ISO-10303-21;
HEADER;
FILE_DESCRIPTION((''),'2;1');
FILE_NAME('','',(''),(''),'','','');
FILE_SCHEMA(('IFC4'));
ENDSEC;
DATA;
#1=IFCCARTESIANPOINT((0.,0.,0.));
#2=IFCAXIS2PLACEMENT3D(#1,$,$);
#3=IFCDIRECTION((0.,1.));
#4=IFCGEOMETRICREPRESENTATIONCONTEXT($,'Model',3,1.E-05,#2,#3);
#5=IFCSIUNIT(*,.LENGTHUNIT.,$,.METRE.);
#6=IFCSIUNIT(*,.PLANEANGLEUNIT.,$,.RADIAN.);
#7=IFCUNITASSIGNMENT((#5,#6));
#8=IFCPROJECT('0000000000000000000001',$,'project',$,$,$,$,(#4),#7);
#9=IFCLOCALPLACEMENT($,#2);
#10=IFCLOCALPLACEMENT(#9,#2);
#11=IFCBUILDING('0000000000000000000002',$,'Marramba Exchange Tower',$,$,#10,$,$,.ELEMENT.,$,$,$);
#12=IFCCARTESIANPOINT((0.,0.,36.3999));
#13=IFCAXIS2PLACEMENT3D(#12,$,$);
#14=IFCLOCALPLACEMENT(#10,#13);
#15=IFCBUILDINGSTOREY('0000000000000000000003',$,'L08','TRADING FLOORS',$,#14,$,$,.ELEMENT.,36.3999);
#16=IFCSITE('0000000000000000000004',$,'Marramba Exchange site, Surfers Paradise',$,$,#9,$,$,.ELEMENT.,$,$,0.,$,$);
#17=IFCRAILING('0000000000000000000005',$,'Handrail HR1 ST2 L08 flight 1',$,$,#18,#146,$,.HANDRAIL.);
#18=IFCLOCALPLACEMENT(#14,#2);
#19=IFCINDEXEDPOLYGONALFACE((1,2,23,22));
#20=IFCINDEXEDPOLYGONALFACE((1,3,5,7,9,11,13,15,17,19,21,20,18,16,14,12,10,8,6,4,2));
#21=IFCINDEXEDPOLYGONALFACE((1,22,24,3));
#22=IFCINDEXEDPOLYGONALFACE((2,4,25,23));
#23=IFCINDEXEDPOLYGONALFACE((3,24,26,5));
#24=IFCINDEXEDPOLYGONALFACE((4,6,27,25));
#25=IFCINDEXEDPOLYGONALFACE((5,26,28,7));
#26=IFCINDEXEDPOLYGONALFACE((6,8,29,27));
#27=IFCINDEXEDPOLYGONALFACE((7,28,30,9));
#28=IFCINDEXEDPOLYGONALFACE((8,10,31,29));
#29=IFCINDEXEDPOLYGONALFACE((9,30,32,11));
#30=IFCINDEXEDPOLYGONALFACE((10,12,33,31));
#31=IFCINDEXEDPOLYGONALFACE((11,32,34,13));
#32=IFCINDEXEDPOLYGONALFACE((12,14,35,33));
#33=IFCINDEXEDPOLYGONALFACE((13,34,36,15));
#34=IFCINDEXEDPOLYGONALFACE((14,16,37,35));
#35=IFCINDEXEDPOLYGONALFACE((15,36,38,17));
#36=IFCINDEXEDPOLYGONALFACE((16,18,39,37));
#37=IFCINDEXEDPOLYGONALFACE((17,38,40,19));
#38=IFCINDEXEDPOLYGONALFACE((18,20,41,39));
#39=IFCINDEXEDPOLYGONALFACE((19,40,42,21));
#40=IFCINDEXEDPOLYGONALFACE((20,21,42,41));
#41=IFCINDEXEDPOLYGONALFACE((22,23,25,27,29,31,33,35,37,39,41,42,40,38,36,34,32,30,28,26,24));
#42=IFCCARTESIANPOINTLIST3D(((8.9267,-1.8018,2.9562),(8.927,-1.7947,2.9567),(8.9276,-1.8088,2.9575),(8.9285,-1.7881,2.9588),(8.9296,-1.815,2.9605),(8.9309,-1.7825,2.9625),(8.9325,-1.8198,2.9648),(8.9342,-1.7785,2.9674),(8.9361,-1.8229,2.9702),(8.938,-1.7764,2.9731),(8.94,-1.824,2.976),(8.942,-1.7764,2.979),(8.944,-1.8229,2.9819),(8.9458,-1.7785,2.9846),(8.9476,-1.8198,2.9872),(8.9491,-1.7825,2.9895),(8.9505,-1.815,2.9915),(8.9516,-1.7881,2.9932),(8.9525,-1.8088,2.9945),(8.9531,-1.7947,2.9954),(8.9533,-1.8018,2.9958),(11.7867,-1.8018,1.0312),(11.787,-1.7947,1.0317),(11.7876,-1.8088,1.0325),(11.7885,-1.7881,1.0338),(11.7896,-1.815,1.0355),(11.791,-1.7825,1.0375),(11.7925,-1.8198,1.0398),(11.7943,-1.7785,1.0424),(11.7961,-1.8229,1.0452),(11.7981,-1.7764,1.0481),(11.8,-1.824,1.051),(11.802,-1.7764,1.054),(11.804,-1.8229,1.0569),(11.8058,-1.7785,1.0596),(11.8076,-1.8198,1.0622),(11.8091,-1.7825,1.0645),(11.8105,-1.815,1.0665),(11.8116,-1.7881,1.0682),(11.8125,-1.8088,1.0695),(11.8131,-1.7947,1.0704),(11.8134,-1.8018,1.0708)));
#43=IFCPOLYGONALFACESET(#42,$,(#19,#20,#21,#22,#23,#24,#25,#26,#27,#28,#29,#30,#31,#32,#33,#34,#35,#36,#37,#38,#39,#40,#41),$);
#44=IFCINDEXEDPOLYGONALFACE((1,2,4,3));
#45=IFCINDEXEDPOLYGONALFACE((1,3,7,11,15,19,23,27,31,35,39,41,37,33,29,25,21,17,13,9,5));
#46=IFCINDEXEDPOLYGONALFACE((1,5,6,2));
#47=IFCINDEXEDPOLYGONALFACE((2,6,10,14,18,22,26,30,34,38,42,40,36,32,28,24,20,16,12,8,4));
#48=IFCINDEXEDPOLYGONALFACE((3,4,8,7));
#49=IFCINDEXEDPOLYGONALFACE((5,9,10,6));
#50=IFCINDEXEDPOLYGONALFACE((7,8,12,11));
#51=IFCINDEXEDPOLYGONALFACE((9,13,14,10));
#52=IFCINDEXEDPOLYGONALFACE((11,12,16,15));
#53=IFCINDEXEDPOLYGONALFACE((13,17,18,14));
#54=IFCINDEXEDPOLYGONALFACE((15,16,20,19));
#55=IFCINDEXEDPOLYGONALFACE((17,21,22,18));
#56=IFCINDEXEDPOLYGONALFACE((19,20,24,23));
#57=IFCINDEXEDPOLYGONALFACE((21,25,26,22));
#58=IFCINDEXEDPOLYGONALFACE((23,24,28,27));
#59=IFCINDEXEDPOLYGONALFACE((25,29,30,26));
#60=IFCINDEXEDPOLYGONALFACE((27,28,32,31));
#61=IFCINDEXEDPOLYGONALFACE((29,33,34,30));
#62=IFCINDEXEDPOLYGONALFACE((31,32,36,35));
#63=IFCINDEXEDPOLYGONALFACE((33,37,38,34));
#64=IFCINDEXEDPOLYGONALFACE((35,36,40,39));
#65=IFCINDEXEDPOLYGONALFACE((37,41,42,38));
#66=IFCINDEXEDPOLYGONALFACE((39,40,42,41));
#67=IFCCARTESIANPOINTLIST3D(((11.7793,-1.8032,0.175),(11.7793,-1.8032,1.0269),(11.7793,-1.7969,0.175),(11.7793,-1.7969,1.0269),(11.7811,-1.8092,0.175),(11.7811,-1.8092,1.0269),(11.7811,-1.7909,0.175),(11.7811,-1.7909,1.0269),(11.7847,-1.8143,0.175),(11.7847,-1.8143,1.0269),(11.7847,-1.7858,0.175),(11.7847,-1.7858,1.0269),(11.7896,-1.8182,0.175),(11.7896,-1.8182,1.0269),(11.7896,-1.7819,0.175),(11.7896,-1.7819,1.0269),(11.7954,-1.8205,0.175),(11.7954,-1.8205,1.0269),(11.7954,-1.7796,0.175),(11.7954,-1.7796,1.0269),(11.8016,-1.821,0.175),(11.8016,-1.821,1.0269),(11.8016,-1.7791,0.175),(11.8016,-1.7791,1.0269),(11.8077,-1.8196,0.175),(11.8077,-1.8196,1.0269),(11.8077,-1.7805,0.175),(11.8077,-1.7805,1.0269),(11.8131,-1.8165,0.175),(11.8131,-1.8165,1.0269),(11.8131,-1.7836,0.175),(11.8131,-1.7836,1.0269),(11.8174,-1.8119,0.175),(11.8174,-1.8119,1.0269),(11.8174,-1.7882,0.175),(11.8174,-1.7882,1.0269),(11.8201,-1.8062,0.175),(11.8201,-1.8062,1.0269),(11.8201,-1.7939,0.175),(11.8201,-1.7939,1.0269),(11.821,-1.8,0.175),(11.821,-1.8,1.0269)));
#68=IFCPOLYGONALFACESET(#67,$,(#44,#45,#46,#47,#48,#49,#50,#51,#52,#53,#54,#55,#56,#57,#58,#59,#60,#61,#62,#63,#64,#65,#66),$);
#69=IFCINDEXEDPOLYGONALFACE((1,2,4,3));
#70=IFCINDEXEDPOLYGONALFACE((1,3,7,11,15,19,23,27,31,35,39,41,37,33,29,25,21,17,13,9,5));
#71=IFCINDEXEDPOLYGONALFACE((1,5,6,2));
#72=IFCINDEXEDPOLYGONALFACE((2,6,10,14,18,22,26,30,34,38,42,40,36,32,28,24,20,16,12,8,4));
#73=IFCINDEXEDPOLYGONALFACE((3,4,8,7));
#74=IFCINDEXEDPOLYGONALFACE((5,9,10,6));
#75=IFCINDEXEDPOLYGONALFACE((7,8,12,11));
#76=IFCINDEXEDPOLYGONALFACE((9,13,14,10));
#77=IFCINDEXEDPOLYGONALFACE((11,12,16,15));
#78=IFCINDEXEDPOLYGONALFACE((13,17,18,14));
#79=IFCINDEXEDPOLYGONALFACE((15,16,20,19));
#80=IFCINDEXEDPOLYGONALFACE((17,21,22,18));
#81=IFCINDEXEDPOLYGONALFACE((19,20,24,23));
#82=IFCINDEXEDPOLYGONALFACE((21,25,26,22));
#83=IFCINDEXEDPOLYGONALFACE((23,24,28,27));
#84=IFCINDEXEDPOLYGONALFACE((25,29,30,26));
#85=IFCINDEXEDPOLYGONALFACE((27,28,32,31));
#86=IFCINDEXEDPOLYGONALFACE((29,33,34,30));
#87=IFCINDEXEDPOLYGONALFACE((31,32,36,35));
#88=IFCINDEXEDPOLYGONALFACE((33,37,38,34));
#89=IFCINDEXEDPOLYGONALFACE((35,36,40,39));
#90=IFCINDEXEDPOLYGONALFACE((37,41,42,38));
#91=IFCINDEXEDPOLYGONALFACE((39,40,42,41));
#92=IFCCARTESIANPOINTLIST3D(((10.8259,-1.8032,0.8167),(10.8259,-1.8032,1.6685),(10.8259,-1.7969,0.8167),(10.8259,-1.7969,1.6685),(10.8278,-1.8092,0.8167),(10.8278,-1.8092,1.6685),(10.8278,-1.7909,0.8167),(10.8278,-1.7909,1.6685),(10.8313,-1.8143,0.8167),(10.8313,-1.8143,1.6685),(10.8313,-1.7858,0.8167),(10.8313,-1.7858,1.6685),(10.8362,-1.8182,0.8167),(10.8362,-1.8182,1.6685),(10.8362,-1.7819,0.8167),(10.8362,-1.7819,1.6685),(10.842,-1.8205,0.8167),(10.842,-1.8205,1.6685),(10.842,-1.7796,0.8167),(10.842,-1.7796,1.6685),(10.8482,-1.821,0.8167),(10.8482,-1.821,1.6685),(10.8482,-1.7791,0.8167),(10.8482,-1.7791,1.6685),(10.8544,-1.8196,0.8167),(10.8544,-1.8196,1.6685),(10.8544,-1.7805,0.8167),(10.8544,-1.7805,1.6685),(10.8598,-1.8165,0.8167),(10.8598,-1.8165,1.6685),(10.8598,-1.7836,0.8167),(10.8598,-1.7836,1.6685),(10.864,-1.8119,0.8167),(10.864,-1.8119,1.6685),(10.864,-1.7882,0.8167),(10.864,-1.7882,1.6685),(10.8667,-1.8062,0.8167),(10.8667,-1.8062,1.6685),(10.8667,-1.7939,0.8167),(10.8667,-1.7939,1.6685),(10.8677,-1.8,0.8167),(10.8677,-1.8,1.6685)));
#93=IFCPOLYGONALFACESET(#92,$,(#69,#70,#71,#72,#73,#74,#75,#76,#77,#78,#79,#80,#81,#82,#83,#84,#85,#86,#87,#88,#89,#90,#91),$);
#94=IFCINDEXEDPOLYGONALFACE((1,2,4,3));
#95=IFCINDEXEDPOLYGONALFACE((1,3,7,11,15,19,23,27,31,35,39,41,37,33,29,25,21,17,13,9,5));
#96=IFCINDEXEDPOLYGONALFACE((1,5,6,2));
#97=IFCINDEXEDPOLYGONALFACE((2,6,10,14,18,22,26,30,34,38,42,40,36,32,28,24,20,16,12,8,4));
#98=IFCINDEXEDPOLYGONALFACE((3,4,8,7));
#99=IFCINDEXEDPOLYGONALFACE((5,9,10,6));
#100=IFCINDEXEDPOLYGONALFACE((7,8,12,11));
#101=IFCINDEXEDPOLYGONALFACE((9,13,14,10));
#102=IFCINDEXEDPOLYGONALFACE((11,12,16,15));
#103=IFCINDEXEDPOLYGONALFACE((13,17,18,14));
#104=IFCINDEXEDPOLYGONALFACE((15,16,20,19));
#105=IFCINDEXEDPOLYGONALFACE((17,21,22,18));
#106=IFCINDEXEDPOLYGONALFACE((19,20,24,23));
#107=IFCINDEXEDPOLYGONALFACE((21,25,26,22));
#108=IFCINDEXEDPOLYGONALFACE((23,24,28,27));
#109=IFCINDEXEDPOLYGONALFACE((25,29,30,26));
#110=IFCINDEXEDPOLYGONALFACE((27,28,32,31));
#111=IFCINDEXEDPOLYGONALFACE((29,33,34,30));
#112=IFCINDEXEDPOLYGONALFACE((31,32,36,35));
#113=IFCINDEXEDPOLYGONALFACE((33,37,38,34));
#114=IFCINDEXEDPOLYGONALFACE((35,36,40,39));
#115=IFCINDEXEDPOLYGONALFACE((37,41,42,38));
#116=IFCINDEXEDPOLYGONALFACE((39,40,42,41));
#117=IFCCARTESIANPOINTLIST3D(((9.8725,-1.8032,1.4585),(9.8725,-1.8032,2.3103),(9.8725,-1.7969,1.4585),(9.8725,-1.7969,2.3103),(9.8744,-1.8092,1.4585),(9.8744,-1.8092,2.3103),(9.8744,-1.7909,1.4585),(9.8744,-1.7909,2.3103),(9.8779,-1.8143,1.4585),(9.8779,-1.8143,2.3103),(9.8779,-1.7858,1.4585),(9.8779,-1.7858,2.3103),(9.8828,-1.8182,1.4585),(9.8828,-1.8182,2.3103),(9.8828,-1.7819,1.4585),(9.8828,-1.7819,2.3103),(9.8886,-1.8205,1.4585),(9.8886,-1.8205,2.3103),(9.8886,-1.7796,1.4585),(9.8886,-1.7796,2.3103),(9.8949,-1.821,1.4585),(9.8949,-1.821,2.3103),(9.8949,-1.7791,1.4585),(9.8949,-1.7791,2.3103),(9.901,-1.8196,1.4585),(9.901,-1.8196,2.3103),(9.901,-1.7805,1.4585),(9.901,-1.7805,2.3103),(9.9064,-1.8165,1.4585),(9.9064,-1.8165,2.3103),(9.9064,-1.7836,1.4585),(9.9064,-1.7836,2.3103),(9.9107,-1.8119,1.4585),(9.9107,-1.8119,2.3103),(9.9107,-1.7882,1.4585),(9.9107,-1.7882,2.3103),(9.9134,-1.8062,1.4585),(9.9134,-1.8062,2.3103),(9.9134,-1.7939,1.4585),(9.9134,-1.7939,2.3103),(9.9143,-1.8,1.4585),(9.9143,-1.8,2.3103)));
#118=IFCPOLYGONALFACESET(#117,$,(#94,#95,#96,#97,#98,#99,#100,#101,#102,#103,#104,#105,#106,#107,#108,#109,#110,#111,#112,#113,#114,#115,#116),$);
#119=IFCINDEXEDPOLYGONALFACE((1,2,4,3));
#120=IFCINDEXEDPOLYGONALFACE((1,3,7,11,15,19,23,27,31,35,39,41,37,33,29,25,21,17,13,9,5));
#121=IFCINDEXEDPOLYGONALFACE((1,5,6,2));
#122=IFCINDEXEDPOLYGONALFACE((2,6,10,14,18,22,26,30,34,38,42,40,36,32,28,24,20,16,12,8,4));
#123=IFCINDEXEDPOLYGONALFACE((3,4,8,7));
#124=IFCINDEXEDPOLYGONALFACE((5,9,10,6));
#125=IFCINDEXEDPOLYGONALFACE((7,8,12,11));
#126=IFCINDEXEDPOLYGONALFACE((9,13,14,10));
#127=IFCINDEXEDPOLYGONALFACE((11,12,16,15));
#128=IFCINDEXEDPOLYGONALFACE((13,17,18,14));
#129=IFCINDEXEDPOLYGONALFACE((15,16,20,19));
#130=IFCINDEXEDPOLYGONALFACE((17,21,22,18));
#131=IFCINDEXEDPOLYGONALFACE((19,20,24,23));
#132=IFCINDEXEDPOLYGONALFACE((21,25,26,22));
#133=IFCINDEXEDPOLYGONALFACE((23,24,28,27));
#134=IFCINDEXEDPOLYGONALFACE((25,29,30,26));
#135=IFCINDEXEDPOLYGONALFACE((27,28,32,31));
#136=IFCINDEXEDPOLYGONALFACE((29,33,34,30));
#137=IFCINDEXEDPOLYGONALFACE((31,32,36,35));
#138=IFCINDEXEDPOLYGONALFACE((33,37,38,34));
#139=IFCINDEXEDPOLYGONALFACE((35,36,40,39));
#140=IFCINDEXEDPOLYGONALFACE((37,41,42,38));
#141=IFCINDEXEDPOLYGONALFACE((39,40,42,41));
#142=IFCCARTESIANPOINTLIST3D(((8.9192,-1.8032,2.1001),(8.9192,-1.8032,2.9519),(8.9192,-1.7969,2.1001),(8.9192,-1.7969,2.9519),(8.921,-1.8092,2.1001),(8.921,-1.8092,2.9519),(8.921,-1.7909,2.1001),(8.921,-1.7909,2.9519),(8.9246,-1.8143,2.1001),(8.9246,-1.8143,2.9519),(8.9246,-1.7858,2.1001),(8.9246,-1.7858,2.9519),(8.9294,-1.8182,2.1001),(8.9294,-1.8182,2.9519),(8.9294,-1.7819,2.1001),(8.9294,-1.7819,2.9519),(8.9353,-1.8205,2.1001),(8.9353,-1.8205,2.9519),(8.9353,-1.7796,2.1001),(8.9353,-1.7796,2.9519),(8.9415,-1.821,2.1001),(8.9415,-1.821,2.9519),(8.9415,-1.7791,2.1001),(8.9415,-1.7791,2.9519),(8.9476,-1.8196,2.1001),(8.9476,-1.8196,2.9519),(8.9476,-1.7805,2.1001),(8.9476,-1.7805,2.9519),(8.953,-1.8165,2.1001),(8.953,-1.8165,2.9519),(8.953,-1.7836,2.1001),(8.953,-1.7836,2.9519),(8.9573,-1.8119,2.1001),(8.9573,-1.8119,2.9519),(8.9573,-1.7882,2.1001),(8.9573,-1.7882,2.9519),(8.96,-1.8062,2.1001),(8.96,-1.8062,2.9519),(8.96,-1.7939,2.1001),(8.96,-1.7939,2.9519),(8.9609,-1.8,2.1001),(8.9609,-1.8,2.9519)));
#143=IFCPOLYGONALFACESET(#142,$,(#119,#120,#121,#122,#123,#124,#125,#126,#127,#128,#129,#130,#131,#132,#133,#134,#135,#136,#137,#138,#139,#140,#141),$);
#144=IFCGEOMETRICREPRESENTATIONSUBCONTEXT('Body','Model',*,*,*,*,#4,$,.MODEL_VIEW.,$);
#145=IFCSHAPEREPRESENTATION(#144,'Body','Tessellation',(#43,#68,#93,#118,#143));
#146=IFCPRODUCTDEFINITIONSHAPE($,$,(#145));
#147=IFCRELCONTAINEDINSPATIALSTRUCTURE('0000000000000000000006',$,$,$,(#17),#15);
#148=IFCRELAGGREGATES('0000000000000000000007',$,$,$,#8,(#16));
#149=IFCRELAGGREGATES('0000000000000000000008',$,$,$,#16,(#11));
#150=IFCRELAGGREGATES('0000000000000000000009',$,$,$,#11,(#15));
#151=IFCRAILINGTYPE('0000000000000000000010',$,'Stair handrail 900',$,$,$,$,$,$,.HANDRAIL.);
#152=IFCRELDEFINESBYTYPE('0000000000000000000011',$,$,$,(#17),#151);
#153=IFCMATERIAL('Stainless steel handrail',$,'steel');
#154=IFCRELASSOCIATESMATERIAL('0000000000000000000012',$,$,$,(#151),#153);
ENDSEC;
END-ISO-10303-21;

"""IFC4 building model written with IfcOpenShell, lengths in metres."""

from ifc_helpers import new_model, si_unit, direction, frame, origin, origin_2d, place, context, subcontext, project, spatial, circle, extrude, material, type_object, element, save


model = new_model("IFC4")

# Units and contexts
model_context = context("Model", 3, precision=1e-05, world=origin(), true_north=direction((0.0, 1.0)))
body_context = subcontext(model_context, "Body", "Model", "MODEL_VIEW")
ifc_project = project(units=[si_unit("LENGTHUNIT", "METRE"), si_unit("PLANEANGLEUNIT", "RADIAN")], contexts=[model_context])

# Site, building, storey
site_placement = place(None, origin())
site = spatial("IfcSite", under=ifc_project, at=site_placement, Name="Marramba Exchange site, Surfers Paradise", CompositionType="ELEMENT", RefElevation=0.0)
building_placement = place(site_placement, origin())
building = spatial("IfcBuilding", under=site, at=building_placement, Name="Marramba Exchange Tower", CompositionType="ELEMENT")
storey_placement = place(building_placement, frame((0.0, 0.0, 36.3999)))
storey = spatial("IfcBuildingStorey", under=building, at=storey_placement, Name="L08", Description="TRADING FLOORS", CompositionType="ELEMENT", Elevation=36.3999)

# Railing
ifc_material_1 = material(Name="Stainless steel handrail", Category="steel")
railing_type = type_object("IfcRailingType", Name="Stair handrail 900", PredefinedType="HANDRAIL", material=ifc_material_1)
railing_placement = place(storey_placement, frame((11.8, -1.8, 0.175)))
element("IfcRailing", 1, at=railing_placement, inside=storey, type_object=railing_type, Name="Handrail HR1 ST2 L08 flight 1", PredefinedType="HANDRAIL", context=body_context, shape_type="SweptSolid", body=[
    extrude(circle(Radius=0.0239, at=origin_2d()), frame((0.0, 0.0, 0.876), z_axis=(-0.829591, 0.0, 0.558372), x_axis=(0.0, -1.0, 0.0)), (0.0, 0.0, 1.0), 3.4475),
    extrude(circle(Radius=0.021, at=origin_2d()), origin(), (0.0, 0.0, 1.0), 0.8518),
    extrude(circle(Radius=0.021, at=origin_2d()), frame((-0.9534, 0.0, 0.6416)), (0.0, 0.0, 1.0), 0.8518),
    extrude(circle(Radius=0.021, at=origin_2d()), frame((-1.9067, 0.0, 1.2834)), (0.0, 0.0, 1.0), 0.8518),
    extrude(circle(Radius=0.021, at=origin_2d()), frame((-2.8601, 0.0, 1.925)), (0.0, 0.0, 1.0), 0.8518),
])

save(model, "model.ifc")
